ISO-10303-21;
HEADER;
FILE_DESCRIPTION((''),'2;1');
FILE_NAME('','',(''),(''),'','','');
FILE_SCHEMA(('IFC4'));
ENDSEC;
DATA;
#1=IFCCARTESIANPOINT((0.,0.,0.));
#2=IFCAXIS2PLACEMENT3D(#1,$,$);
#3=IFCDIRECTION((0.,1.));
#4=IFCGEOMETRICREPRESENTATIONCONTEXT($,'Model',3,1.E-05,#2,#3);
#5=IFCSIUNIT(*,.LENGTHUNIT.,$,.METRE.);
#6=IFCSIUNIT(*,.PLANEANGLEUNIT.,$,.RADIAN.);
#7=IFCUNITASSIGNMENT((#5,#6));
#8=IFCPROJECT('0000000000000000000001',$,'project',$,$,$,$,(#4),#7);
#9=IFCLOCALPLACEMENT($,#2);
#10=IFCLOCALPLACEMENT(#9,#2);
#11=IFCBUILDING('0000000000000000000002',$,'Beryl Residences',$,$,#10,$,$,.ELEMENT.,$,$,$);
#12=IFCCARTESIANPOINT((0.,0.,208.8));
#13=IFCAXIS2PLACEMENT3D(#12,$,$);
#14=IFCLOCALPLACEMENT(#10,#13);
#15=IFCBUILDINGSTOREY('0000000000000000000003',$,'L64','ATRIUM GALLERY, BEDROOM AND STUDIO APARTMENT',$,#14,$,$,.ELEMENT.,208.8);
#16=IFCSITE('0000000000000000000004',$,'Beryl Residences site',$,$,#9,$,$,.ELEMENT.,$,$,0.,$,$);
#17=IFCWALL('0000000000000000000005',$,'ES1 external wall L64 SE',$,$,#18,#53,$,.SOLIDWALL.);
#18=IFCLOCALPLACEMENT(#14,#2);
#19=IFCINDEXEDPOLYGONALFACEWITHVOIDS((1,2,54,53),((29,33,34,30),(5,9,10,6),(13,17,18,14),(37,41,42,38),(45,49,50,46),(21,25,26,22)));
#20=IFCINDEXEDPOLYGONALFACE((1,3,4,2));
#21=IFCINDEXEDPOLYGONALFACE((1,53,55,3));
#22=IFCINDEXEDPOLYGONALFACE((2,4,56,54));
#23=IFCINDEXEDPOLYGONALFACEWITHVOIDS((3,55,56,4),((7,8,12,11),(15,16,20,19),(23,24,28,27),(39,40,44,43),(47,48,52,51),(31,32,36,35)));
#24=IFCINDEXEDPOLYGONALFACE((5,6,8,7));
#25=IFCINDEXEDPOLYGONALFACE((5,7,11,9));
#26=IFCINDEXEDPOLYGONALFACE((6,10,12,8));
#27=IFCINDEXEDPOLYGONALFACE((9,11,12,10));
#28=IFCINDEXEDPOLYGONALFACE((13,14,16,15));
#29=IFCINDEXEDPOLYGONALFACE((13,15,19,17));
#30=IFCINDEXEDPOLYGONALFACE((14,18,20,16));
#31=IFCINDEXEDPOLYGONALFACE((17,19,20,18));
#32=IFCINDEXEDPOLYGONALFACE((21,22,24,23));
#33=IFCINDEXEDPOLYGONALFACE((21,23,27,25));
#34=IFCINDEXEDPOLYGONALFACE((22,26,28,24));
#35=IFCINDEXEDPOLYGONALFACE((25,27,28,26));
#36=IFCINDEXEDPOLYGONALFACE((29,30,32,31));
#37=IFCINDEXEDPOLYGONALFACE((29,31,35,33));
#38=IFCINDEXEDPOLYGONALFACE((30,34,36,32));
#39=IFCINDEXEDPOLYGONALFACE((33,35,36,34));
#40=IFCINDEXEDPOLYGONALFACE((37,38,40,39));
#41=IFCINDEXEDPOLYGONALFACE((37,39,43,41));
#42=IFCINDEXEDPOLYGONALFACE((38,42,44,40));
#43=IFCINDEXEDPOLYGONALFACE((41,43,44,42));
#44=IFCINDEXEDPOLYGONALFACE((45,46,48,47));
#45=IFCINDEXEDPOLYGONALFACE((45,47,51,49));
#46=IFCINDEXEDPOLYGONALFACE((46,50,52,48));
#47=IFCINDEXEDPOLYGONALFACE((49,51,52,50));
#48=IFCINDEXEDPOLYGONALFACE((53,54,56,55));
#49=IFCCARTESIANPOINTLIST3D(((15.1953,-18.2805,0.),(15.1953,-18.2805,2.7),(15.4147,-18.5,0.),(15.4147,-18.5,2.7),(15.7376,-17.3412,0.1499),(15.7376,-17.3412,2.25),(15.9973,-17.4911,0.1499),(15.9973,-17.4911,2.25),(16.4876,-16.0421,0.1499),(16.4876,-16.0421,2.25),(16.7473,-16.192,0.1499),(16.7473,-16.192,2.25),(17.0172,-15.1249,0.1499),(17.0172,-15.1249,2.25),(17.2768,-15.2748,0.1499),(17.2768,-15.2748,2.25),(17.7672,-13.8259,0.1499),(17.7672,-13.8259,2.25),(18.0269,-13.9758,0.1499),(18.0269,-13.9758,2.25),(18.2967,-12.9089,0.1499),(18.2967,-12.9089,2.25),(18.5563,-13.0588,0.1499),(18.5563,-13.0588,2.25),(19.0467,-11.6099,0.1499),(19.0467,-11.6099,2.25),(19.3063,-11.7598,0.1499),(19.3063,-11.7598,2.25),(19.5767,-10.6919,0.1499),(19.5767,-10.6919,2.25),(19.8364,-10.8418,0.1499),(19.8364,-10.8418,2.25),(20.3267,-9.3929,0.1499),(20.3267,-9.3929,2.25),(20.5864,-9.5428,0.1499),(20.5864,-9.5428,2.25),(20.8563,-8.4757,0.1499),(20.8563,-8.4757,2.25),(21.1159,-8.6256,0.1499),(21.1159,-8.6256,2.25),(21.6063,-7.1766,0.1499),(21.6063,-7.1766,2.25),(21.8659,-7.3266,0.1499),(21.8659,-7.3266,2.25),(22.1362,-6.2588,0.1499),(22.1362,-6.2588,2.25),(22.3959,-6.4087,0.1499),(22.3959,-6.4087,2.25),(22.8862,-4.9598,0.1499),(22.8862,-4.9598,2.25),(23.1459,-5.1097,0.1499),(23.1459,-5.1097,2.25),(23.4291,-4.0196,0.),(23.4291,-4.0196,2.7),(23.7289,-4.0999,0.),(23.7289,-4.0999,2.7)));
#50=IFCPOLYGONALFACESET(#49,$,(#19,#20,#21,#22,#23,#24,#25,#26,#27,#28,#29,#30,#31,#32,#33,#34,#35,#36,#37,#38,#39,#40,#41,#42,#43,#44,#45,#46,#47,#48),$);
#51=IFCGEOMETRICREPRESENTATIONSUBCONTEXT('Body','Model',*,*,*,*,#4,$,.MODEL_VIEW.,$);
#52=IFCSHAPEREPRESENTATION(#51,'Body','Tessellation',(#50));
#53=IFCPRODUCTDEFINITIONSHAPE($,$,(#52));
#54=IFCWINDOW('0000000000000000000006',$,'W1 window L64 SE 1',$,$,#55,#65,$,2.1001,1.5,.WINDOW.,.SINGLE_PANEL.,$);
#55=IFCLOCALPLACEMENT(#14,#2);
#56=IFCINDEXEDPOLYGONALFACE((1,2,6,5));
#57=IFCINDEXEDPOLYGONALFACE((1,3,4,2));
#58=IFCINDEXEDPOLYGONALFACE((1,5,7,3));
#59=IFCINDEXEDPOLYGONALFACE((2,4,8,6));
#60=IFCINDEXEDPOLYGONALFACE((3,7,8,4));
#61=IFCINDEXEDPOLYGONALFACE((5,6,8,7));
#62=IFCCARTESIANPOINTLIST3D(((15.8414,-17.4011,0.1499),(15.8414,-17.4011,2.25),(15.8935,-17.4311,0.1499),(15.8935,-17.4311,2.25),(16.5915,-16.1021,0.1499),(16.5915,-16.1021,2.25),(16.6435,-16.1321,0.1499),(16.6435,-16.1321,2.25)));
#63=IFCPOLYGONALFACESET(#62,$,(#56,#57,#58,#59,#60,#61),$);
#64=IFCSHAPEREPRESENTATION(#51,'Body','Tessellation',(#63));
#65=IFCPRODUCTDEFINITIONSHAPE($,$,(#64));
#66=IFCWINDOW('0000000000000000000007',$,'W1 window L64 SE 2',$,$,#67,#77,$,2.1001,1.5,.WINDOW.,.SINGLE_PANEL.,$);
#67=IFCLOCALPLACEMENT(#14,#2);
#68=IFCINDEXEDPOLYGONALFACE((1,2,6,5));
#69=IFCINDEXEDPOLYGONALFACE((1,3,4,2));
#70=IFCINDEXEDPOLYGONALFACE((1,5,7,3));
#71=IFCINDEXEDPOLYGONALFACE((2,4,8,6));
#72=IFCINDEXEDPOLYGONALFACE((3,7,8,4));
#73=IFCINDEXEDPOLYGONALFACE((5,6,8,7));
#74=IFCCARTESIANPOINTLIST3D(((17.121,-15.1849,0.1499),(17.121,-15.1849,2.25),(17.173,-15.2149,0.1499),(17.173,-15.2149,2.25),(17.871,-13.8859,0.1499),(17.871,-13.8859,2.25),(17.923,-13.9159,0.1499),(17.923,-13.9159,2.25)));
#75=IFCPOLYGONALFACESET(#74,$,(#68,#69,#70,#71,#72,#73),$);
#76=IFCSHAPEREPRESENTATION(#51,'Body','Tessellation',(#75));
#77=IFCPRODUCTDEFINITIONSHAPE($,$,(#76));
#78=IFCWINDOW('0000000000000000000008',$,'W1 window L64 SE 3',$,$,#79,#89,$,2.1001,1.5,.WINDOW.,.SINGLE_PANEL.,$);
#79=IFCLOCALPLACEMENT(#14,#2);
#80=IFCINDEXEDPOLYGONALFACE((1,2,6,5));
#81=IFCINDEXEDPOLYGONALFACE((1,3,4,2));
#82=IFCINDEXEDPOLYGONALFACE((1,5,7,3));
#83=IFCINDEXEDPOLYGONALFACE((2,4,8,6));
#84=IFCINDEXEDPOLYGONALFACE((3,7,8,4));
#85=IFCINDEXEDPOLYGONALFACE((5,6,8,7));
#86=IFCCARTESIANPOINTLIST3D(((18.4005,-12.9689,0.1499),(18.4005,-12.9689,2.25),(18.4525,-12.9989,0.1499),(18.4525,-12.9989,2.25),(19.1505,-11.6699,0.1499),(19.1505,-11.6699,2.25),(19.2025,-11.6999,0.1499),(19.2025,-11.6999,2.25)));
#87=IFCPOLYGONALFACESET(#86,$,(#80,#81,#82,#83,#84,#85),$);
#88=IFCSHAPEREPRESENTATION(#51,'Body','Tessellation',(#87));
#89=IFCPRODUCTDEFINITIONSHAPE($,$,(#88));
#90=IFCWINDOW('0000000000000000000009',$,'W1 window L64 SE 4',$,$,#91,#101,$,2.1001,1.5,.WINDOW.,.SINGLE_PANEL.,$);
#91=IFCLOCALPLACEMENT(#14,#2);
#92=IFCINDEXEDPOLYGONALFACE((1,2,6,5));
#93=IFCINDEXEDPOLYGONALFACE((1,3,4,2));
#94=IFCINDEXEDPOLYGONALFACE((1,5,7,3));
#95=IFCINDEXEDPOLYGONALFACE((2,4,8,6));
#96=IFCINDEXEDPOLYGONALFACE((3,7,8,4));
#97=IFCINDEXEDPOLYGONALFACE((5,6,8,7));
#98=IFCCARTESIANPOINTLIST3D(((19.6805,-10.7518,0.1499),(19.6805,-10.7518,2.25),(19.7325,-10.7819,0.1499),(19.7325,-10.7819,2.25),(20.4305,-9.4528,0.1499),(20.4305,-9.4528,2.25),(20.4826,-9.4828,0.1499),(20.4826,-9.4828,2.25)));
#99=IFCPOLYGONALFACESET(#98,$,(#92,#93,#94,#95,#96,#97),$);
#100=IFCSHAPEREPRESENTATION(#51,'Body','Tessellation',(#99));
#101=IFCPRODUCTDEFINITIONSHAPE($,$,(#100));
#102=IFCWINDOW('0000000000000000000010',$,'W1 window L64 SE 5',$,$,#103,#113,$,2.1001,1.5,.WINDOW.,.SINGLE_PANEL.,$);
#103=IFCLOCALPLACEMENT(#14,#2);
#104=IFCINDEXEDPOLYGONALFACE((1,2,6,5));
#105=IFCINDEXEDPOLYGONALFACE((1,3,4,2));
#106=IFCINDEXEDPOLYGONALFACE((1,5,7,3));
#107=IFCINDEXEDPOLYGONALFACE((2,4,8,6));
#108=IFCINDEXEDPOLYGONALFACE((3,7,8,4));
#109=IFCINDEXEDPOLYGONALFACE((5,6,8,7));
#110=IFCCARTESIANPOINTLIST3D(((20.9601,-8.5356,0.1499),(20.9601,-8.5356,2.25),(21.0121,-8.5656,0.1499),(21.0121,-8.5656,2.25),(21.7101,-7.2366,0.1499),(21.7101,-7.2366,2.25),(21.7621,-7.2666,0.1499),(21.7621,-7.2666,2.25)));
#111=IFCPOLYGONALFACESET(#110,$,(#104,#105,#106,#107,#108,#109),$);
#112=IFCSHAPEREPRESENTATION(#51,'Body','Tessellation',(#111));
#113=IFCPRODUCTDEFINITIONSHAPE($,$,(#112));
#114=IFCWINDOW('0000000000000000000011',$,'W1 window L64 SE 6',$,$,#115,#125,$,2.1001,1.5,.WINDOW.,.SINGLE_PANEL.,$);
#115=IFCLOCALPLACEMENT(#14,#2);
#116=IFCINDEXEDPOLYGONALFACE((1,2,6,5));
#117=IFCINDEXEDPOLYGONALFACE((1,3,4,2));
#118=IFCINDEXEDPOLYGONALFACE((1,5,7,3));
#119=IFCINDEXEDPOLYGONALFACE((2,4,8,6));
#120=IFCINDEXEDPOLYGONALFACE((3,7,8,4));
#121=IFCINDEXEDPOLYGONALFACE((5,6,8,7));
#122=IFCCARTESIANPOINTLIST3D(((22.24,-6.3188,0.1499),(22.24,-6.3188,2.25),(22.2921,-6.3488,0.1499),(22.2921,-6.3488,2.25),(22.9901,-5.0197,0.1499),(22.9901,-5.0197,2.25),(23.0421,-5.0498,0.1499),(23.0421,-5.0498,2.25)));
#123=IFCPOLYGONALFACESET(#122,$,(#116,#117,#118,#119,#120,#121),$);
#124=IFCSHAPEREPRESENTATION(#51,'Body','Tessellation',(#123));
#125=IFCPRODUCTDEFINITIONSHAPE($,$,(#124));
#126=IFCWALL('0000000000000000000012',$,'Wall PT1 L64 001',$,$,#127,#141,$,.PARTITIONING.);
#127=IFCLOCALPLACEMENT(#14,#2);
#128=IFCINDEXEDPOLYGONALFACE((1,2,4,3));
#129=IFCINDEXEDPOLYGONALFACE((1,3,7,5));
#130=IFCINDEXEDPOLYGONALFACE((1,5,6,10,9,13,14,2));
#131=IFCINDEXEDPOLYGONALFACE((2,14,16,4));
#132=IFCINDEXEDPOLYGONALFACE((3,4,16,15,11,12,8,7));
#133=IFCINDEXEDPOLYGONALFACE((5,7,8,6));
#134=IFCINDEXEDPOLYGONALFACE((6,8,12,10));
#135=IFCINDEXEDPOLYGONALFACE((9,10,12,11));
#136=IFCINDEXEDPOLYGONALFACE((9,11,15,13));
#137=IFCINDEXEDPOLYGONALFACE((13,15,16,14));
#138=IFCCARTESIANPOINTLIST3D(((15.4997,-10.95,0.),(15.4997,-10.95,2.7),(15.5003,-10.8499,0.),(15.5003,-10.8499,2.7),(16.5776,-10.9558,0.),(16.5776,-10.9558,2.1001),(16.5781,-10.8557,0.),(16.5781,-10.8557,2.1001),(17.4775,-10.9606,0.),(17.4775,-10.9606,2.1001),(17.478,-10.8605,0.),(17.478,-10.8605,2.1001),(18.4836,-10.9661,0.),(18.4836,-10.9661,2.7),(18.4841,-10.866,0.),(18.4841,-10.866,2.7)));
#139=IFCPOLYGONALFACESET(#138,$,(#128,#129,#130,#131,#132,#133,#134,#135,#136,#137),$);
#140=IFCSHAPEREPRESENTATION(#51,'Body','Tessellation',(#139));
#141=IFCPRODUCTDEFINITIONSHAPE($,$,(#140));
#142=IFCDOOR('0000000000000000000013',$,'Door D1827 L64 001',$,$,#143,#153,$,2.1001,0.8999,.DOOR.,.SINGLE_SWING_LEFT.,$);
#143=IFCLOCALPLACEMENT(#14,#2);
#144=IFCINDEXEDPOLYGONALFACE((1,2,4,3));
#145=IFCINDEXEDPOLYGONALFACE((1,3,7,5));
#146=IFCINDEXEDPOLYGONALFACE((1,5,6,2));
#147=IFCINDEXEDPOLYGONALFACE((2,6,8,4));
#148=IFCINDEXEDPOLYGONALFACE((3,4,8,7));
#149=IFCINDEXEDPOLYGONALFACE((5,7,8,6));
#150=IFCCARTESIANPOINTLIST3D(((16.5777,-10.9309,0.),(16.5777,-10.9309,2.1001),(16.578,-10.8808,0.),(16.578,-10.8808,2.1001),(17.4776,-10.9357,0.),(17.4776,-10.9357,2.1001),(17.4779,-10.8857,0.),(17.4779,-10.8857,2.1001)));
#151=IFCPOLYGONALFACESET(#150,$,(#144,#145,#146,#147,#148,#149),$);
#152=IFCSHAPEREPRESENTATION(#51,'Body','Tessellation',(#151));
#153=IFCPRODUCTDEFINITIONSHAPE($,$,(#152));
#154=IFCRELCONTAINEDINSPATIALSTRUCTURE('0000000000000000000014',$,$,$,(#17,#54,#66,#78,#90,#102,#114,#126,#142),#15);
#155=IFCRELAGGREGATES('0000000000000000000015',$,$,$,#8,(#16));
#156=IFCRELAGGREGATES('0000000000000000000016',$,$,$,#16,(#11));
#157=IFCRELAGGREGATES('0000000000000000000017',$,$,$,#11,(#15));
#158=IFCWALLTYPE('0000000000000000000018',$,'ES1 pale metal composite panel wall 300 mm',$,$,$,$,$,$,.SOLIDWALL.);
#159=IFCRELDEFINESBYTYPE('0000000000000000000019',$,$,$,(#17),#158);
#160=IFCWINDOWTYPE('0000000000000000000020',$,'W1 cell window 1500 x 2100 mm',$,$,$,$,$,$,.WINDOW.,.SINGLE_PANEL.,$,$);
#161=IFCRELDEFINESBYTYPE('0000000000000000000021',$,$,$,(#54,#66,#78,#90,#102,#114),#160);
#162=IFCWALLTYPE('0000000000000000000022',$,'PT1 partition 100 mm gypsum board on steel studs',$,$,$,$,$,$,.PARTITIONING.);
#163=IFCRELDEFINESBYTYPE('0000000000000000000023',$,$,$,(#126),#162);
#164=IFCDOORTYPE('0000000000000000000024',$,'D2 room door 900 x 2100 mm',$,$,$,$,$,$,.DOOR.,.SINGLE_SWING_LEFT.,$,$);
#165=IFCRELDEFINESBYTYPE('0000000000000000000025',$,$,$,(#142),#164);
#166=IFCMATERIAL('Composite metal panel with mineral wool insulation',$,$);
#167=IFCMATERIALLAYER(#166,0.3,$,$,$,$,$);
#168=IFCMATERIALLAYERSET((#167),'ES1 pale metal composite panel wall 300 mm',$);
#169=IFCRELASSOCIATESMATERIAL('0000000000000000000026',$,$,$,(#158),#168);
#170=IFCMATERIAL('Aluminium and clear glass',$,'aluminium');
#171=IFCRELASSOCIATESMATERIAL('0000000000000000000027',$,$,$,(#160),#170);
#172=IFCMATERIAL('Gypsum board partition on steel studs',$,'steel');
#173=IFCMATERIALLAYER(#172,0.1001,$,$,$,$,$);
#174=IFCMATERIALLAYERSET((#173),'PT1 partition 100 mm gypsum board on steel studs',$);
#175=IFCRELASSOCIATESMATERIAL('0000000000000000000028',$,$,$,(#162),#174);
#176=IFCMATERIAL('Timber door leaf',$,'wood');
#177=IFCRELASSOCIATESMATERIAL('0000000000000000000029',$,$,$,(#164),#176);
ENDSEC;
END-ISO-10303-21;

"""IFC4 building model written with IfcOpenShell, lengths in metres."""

from ifc_helpers import new_model, si_unit, direction, frame, frame_2d, origin, place, context, subcontext, project, spatial, polyline, rectangle, outline, extrude, material, layer, layer_set, type_object, element, fill, save


model = new_model("IFC4")

# Units and contexts
model_context = context("Model", 3, precision=1e-05, world=origin(), true_north=direction((0.0, 1.0)))
body_context = subcontext(model_context, "Body", "Model", "MODEL_VIEW")
ifc_project = project(units=[si_unit("LENGTHUNIT", "METRE"), si_unit("PLANEANGLEUNIT", "RADIAN")], contexts=[model_context])

# Site, building, storey
site_placement = place(None, origin())
site = spatial("IfcSite", under=ifc_project, at=site_placement, Name="Beryl Residences site", CompositionType="ELEMENT", RefElevation=0.0)
building_placement = place(site_placement, origin())
building = spatial("IfcBuilding", under=site, at=building_placement, Name="Beryl Residences", CompositionType="ELEMENT")
storey_placement = place(building_placement, frame((0.0, 0.0, 208.8)))
storey = spatial("IfcBuildingStorey", under=building, at=storey_placement, Name="L64", Description="ATRIUM GALLERY, BEDROOM AND STUDIO APARTMENT", CompositionType="ELEMENT", Elevation=208.8)

# Wall, openings, windows
ifc_material_1 = material(Name="Composite metal panel with mineral wool insulation")
ifc_layer_1 = layer(ifc_material_1, 0.3)
ifc_layer_set_1 = layer_set([ifc_layer_1], Name="ES1 pale metal composite panel wall 300 mm")
wall_type_1 = type_object("IfcWallType", Name="ES1 pale metal composite panel wall 300 mm", PredefinedType="SOLIDWALL", material=ifc_layer_set_1)
wall_1_placement = place(storey_placement, frame((15.2849, -18.425, 0.0), z_axis=(0.0, 0.0, 1.0), x_axis=(0.500013, 0.866018, 0.0)))
wall_1 = element("IfcWall", 1, at=wall_1_placement, inside=storey, type_object=wall_type_1, Name="ES1 external wall L64 SE", PredefinedType="SOLIDWALL", context=body_context, shape_type="SweptSolid", body=[
    extrude(outline(polyline([(0.0, -0.1499), (16.6279, -0.1499), (16.5476, 0.1499), (0.0803, 0.1499), (0.0, -0.1499)])), origin(), (0.0, 0.0, 1.0), 2.7),
])
opening_1_placement = place(wall_1_placement, frame((1.165, 0.0, 0.1499)))
opening_1 = element("IfcOpeningElement", 2, at=opening_1_placement, cuts=wall_1, PredefinedType="OPENING", context=body_context, shape_type="SweptSolid", body=[
    extrude(rectangle(XDim=1.5, YDim=2.1001, at=frame_2d((0.75, 1.05))), frame((0.0, 0.1599, 0.0), z_axis=(0.0, -1.0, 0.0), x_axis=(1.0, 0.0, 0.0)), (0.0, 0.0, 1.0), 0.3201),
])
opening_2_placement = place(wall_1_placement, frame((3.7241, 0.0, 0.1499)))
opening_2 = element("IfcOpeningElement", 3, at=opening_2_placement, cuts=wall_1, PredefinedType="OPENING", context=body_context, shape_type="SweptSolid", body=[
    extrude(rectangle(XDim=1.5, YDim=2.1001, at=frame_2d((0.75, 1.05))), frame((0.0, 0.1599, 0.0), z_axis=(0.0, -1.0, 0.0), x_axis=(1.0, 0.0, 0.0)), (0.0, 0.0, 1.0), 0.3201),
])
opening_3_placement = place(wall_1_placement, frame((6.283, 0.0, 0.1499)))
opening_3 = element("IfcOpeningElement", 4, at=opening_3_placement, cuts=wall_1, PredefinedType="OPENING", context=body_context, shape_type="SweptSolid", body=[
    extrude(rectangle(XDim=1.5, YDim=2.1001, at=frame_2d((0.75, 1.05))), frame((0.0, 0.1599, 0.0), z_axis=(0.0, -1.0, 0.0), x_axis=(1.0, 0.0, 0.0)), (0.0, 0.0, 1.0), 0.3201),
])
opening_4_placement = place(wall_1_placement, frame((8.843, 0.0, 0.1499)))
opening_4 = element("IfcOpeningElement", 5, at=opening_4_placement, cuts=wall_1, PredefinedType="OPENING", context=body_context, shape_type="SweptSolid", body=[
    extrude(rectangle(XDim=1.5, YDim=2.1001, at=frame_2d((0.75, 1.05))), frame((0.0, 0.1599, 0.0), z_axis=(0.0, -1.0, 0.0), x_axis=(1.0, 0.0, 0.0)), (0.0, 0.0, 1.0), 0.3201),
])
opening_5_placement = place(wall_1_placement, frame((11.4021, 0.0, 0.1499)))
opening_5 = element("IfcOpeningElement", 6, at=opening_5_placement, cuts=wall_1, PredefinedType="OPENING", context=body_context, shape_type="SweptSolid", body=[
    extrude(rectangle(XDim=1.5, YDim=2.1001, at=frame_2d((0.75, 1.05))), frame((0.0, 0.1599, 0.0), z_axis=(0.0, -1.0, 0.0), x_axis=(1.0, 0.0, 0.0)), (0.0, 0.0, 1.0), 0.3201),
])
opening_6_placement = place(wall_1_placement, frame((13.9619, 0.0, 0.1499)))
opening_6 = element("IfcOpeningElement", 7, at=opening_6_placement, cuts=wall_1, PredefinedType="OPENING", context=body_context, shape_type="SweptSolid", body=[
    extrude(rectangle(XDim=1.5, YDim=2.1001, at=frame_2d((0.75, 1.05))), frame((0.0, 0.1599, 0.0), z_axis=(0.0, -1.0, 0.0), x_axis=(1.0, 0.0, 0.0)), (0.0, 0.0, 1.0), 0.3201),
])
ifc_material_2 = material(Name="Aluminium and clear glass", Category="aluminium")
window_type = type_object("IfcWindowType", Name="W1 cell window 1500 x 2100 mm", PartitioningType="SINGLE_PANEL", PredefinedType="WINDOW", material=ifc_material_2)
window_1_placement = place(opening_1_placement, origin())
window_1 = element("IfcWindow", 8, at=window_1_placement, inside=storey, type_object=window_type, Name="W1 window L64 SE 1", OverallHeight=2.1001, OverallWidth=1.5, PartitioningType="SINGLE_PANEL", PredefinedType="WINDOW", context=body_context, shape_type="SweptSolid", body=[
    extrude(rectangle(XDim=1.5, YDim=2.1001, at=frame_2d((0.75, 1.05))), frame((0.0, 0.03, 0.0), z_axis=(0.0, -1.0, 0.0), x_axis=(1.0, 0.0, 0.0)), (0.0, 0.0, 1.0), 0.0601),
])
fill(opening_1, window_1)
window_2_placement = place(opening_2_placement, origin())
window_2 = element("IfcWindow", 9, at=window_2_placement, inside=storey, type_object=window_type, Name="W1 window L64 SE 2", OverallHeight=2.1001, OverallWidth=1.5, PartitioningType="SINGLE_PANEL", PredefinedType="WINDOW", context=body_context, shape_type="SweptSolid", body=[
    extrude(rectangle(XDim=1.5, YDim=2.1001, at=frame_2d((0.75, 1.05))), frame((0.0, 0.03, 0.0), z_axis=(0.0, -1.0, 0.0), x_axis=(1.0, 0.0, 0.0)), (0.0, 0.0, 1.0), 0.0601),
])
fill(opening_2, window_2)
window_3_placement = place(opening_3_placement, origin())
window_3 = element("IfcWindow", 10, at=window_3_placement, inside=storey, type_object=window_type, Name="W1 window L64 SE 3", OverallHeight=2.1001, OverallWidth=1.5, PartitioningType="SINGLE_PANEL", PredefinedType="WINDOW", context=body_context, shape_type="SweptSolid", body=[
    extrude(rectangle(XDim=1.5, YDim=2.1001, at=frame_2d((0.75, 1.05))), frame((0.0, 0.03, 0.0), z_axis=(0.0, -1.0, 0.0), x_axis=(1.0, 0.0, 0.0)), (0.0, 0.0, 1.0), 0.0601),
])
fill(opening_3, window_3)
window_4_placement = place(opening_4_placement, origin())
window_4 = element("IfcWindow", 11, at=window_4_placement, inside=storey, type_object=window_type, Name="W1 window L64 SE 4", OverallHeight=2.1001, OverallWidth=1.5, PartitioningType="SINGLE_PANEL", PredefinedType="WINDOW", context=body_context, shape_type="SweptSolid", body=[
    extrude(rectangle(XDim=1.5, YDim=2.1001, at=frame_2d((0.75, 1.05))), frame((0.0, 0.03, 0.0), z_axis=(0.0, -1.0, 0.0), x_axis=(1.0, 0.0, 0.0)), (0.0, 0.0, 1.0), 0.0601),
])
fill(opening_4, window_4)
window_5_placement = place(opening_5_placement, origin())
window_5 = element("IfcWindow", 12, at=window_5_placement, inside=storey, type_object=window_type, Name="W1 window L64 SE 5", OverallHeight=2.1001, OverallWidth=1.5, PartitioningType="SINGLE_PANEL", PredefinedType="WINDOW", context=body_context, shape_type="SweptSolid", body=[
    extrude(rectangle(XDim=1.5, YDim=2.1001, at=frame_2d((0.75, 1.05))), frame((0.0, 0.03, 0.0), z_axis=(0.0, -1.0, 0.0), x_axis=(1.0, 0.0, 0.0)), (0.0, 0.0, 1.0), 0.0601),
])
fill(opening_5, window_5)
window_6_placement = place(opening_6_placement, origin())
window_6 = element("IfcWindow", 13, at=window_6_placement, inside=storey, type_object=window_type, Name="W1 window L64 SE 6", OverallHeight=2.1001, OverallWidth=1.5, PartitioningType="SINGLE_PANEL", PredefinedType="WINDOW", context=body_context, shape_type="SweptSolid", body=[
    extrude(rectangle(XDim=1.5, YDim=2.1001, at=frame_2d((0.75, 1.05))), frame((0.0, 0.03, 0.0), z_axis=(0.0, -1.0, 0.0), x_axis=(1.0, 0.0, 0.0)), (0.0, 0.0, 1.0), 0.0601),
])
fill(opening_6, window_6)

# Wall, opening, door
ifc_material_3 = material(Name="Gypsum board partition on steel studs", Category="steel")
ifc_layer_2 = layer(ifc_material_3, 0.1001)
ifc_layer_set_2 = layer_set([ifc_layer_2], Name="PT1 partition 100 mm gypsum board on steel studs")
wall_type_2 = type_object("IfcWallType", Name="PT1 partition 100 mm gypsum board on steel studs", PredefinedType="PARTITIONING", material=ifc_layer_set_2)
wall_2_placement = place(storey_placement, frame((15.5, -10.8999, 0.0), z_axis=(0.0, 0.0, 1.0), x_axis=(0.999985, -0.0054, 0.0)))
wall_2 = element("IfcWall", 14, at=wall_2_placement, inside=storey, type_object=wall_type_2, Name="Wall PT1 L64 001", PredefinedType="PARTITIONING", context=body_context, shape_type="SweptSolid", body=[
    extrude(rectangle(XDim=2.9839, YDim=0.1001, at=frame_2d((1.4919, 0.0))), origin(), (0.0, 0.0, 1.0), 2.7),
])
opening_7_placement = place(wall_2_placement, frame((1.0779, 0.0, 0.0)))
opening_7 = element("IfcOpeningElement", 15, at=opening_7_placement, cuts=wall_2, PredefinedType="OPENING", context=body_context, shape_type="SweptSolid", body=[
    extrude(rectangle(XDim=0.8999, YDim=2.1001, at=frame_2d((0.45, 1.05))), frame((0.0, 0.0601, 0.0), z_axis=(0.0, -1.0, 0.0), x_axis=(1.0, 0.0, 0.0)), (0.0, 0.0, 1.0), 0.1201),
])
ifc_material_4 = material(Name="Timber door leaf", Category="wood")
door_type_1 = type_object("IfcDoorType", Name="D2 room door 900 x 2100 mm", OperationType="SINGLE_SWING_LEFT", PredefinedType="DOOR", material=ifc_material_4)
door_1_placement = place(opening_7_placement, origin())
door_1 = element("IfcDoor", 16, at=door_1_placement, inside=storey, type_object=door_type_1, Name="Door D1827 L64 001", OperationType="SINGLE_SWING_LEFT", OverallHeight=2.1001, OverallWidth=0.8999, PredefinedType="DOOR", context=body_context, shape_type="SweptSolid", body=[
    extrude(rectangle(XDim=0.8999, YDim=2.1001, at=frame_2d((0.45, 1.05))), frame((0.0, 0.0249, 0.0), z_axis=(0.0, -1.0, 0.0), x_axis=(1.0, 0.0, 0.0)), (0.0, 0.0, 1.0), 0.05),
])
fill(opening_7, door_1)

save(model, "model.ifc")
